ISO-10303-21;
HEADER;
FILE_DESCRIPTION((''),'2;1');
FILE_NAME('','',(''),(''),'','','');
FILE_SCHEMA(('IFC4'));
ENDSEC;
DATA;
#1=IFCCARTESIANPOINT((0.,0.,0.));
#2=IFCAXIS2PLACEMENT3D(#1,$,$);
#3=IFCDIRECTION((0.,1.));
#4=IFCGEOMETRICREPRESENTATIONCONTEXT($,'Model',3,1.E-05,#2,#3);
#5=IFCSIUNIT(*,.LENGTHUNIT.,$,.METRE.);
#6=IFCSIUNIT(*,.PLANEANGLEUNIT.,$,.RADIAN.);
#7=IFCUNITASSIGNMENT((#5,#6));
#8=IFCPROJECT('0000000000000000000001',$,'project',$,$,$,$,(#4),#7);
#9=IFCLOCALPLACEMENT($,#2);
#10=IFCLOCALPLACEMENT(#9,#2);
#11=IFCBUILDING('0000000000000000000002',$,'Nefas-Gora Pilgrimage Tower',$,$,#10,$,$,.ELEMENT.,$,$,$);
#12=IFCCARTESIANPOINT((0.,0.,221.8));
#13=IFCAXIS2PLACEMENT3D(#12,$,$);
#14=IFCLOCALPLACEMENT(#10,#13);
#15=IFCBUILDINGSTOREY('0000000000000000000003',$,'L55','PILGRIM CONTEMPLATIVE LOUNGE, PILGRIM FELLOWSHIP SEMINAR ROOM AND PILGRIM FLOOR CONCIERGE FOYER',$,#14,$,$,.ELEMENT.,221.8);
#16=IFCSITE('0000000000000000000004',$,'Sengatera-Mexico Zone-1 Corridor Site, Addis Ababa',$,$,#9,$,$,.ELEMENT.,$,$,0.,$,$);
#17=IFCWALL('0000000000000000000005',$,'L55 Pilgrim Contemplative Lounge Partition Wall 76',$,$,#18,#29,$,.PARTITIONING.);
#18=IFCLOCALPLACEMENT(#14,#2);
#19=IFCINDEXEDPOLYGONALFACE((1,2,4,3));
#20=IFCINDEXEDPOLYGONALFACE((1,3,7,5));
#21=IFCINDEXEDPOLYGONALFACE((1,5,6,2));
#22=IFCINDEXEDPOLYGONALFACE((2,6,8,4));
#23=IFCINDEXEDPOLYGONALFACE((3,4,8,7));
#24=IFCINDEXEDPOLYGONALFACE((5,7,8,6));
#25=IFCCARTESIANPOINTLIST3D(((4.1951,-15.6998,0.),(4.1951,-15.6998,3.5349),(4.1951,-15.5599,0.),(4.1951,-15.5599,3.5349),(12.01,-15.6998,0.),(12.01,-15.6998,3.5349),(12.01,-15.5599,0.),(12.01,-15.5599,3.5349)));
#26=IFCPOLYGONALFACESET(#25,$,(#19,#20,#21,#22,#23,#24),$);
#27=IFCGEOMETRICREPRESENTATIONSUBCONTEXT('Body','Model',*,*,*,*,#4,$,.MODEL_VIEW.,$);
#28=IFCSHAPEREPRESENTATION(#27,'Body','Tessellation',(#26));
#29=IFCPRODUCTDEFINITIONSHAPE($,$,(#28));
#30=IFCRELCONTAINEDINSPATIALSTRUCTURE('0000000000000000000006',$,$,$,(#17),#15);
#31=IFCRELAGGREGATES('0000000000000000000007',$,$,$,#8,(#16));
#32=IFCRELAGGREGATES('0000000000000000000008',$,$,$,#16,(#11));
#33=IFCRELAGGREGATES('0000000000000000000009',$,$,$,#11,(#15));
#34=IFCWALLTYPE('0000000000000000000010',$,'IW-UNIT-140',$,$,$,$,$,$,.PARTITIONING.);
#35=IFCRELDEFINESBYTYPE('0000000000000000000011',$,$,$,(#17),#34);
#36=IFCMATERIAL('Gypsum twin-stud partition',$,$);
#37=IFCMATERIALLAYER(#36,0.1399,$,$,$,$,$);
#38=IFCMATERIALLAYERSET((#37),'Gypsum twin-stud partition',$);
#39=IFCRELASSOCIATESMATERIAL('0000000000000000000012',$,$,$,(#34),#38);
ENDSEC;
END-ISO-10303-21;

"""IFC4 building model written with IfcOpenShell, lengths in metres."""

from ifc_helpers import new_model, si_unit, direction, frame, frame_2d, origin, place, context, subcontext, project, spatial, rectangle, extrude, source, transform, mapped, material, layer, layer_set, type_object, element, save


model = new_model("IFC4")

# Units and contexts
model_context = context("Model", 3, precision=1e-05, world=origin(), true_north=direction((0.0, 1.0)))
body_context = subcontext(model_context, "Body", "Model", "MODEL_VIEW")
ifc_project = project(units=[si_unit("LENGTHUNIT", "METRE"), si_unit("PLANEANGLEUNIT", "RADIAN")], contexts=[model_context])

# Site, building, storey
site_placement = place(None, origin())
site = spatial("IfcSite", under=ifc_project, at=site_placement, Name="Sengatera-Mexico Zone-1 Corridor Site, Addis Ababa", CompositionType="ELEMENT", RefElevation=0.0)
building_placement = place(site_placement, origin())
building = spatial("IfcBuilding", under=site, at=building_placement, Name="Nefas-Gora Pilgrimage Tower", CompositionType="ELEMENT")
storey_placement = place(building_placement, frame((0.0, 0.0, 221.8)))
storey = spatial("IfcBuildingStorey", under=building, at=storey_placement, Name="L55", Description="PILGRIM CONTEMPLATIVE LOUNGE, PILGRIM FELLOWSHIP SEMINAR ROOM AND PILGRIM FLOOR CONCIERGE FOYER", CompositionType="ELEMENT", Elevation=221.8)

# Shared definitions
ifc_material_1 = material(Name="Gypsum twin-stud partition")
ifc_layer_1 = layer(ifc_material_1, 0.1399)
ifc_layer_set_1 = layer_set([ifc_layer_1], Name="Gypsum twin-stud partition")
wall_type_1 = type_object("IfcWallType", Name="IW-UNIT-140", PredefinedType="PARTITIONING", material=ifc_layer_set_1)

# Wall
shared_shape_1 = source(origin(), body_context, "Body", "SweptSolid", [
    extrude(rectangle(XDim=7.8149, YDim=0.1399, at=frame_2d((3.9075, 0.0))), origin(), (0.0, 0.0, 1.0), 3.5349),
])
wall_1_placement = place(storey_placement, frame((4.1951, -15.6299, 0.0), z_axis=(0.0, 0.0, 1.0), x_axis=(1.0, 0.0, 0.0)))
element("IfcWall", 1, at=wall_1_placement, inside=storey, type_object=wall_type_1, Name="L55 Pilgrim Contemplative Lounge Partition Wall 76", PredefinedType="PARTITIONING", context=body_context, shape_type="MappedRepresentation", body=[
    mapped(shared_shape_1, transform((0.0, 0.0, 0.0), x_axis=(1.0, 0.0, 0.0), y_axis=(0.0, 1.0, 0.0), z_axis=(0.0, 0.0, 1.0), scale=1.0)),
])

save(model, "model.ifc")
